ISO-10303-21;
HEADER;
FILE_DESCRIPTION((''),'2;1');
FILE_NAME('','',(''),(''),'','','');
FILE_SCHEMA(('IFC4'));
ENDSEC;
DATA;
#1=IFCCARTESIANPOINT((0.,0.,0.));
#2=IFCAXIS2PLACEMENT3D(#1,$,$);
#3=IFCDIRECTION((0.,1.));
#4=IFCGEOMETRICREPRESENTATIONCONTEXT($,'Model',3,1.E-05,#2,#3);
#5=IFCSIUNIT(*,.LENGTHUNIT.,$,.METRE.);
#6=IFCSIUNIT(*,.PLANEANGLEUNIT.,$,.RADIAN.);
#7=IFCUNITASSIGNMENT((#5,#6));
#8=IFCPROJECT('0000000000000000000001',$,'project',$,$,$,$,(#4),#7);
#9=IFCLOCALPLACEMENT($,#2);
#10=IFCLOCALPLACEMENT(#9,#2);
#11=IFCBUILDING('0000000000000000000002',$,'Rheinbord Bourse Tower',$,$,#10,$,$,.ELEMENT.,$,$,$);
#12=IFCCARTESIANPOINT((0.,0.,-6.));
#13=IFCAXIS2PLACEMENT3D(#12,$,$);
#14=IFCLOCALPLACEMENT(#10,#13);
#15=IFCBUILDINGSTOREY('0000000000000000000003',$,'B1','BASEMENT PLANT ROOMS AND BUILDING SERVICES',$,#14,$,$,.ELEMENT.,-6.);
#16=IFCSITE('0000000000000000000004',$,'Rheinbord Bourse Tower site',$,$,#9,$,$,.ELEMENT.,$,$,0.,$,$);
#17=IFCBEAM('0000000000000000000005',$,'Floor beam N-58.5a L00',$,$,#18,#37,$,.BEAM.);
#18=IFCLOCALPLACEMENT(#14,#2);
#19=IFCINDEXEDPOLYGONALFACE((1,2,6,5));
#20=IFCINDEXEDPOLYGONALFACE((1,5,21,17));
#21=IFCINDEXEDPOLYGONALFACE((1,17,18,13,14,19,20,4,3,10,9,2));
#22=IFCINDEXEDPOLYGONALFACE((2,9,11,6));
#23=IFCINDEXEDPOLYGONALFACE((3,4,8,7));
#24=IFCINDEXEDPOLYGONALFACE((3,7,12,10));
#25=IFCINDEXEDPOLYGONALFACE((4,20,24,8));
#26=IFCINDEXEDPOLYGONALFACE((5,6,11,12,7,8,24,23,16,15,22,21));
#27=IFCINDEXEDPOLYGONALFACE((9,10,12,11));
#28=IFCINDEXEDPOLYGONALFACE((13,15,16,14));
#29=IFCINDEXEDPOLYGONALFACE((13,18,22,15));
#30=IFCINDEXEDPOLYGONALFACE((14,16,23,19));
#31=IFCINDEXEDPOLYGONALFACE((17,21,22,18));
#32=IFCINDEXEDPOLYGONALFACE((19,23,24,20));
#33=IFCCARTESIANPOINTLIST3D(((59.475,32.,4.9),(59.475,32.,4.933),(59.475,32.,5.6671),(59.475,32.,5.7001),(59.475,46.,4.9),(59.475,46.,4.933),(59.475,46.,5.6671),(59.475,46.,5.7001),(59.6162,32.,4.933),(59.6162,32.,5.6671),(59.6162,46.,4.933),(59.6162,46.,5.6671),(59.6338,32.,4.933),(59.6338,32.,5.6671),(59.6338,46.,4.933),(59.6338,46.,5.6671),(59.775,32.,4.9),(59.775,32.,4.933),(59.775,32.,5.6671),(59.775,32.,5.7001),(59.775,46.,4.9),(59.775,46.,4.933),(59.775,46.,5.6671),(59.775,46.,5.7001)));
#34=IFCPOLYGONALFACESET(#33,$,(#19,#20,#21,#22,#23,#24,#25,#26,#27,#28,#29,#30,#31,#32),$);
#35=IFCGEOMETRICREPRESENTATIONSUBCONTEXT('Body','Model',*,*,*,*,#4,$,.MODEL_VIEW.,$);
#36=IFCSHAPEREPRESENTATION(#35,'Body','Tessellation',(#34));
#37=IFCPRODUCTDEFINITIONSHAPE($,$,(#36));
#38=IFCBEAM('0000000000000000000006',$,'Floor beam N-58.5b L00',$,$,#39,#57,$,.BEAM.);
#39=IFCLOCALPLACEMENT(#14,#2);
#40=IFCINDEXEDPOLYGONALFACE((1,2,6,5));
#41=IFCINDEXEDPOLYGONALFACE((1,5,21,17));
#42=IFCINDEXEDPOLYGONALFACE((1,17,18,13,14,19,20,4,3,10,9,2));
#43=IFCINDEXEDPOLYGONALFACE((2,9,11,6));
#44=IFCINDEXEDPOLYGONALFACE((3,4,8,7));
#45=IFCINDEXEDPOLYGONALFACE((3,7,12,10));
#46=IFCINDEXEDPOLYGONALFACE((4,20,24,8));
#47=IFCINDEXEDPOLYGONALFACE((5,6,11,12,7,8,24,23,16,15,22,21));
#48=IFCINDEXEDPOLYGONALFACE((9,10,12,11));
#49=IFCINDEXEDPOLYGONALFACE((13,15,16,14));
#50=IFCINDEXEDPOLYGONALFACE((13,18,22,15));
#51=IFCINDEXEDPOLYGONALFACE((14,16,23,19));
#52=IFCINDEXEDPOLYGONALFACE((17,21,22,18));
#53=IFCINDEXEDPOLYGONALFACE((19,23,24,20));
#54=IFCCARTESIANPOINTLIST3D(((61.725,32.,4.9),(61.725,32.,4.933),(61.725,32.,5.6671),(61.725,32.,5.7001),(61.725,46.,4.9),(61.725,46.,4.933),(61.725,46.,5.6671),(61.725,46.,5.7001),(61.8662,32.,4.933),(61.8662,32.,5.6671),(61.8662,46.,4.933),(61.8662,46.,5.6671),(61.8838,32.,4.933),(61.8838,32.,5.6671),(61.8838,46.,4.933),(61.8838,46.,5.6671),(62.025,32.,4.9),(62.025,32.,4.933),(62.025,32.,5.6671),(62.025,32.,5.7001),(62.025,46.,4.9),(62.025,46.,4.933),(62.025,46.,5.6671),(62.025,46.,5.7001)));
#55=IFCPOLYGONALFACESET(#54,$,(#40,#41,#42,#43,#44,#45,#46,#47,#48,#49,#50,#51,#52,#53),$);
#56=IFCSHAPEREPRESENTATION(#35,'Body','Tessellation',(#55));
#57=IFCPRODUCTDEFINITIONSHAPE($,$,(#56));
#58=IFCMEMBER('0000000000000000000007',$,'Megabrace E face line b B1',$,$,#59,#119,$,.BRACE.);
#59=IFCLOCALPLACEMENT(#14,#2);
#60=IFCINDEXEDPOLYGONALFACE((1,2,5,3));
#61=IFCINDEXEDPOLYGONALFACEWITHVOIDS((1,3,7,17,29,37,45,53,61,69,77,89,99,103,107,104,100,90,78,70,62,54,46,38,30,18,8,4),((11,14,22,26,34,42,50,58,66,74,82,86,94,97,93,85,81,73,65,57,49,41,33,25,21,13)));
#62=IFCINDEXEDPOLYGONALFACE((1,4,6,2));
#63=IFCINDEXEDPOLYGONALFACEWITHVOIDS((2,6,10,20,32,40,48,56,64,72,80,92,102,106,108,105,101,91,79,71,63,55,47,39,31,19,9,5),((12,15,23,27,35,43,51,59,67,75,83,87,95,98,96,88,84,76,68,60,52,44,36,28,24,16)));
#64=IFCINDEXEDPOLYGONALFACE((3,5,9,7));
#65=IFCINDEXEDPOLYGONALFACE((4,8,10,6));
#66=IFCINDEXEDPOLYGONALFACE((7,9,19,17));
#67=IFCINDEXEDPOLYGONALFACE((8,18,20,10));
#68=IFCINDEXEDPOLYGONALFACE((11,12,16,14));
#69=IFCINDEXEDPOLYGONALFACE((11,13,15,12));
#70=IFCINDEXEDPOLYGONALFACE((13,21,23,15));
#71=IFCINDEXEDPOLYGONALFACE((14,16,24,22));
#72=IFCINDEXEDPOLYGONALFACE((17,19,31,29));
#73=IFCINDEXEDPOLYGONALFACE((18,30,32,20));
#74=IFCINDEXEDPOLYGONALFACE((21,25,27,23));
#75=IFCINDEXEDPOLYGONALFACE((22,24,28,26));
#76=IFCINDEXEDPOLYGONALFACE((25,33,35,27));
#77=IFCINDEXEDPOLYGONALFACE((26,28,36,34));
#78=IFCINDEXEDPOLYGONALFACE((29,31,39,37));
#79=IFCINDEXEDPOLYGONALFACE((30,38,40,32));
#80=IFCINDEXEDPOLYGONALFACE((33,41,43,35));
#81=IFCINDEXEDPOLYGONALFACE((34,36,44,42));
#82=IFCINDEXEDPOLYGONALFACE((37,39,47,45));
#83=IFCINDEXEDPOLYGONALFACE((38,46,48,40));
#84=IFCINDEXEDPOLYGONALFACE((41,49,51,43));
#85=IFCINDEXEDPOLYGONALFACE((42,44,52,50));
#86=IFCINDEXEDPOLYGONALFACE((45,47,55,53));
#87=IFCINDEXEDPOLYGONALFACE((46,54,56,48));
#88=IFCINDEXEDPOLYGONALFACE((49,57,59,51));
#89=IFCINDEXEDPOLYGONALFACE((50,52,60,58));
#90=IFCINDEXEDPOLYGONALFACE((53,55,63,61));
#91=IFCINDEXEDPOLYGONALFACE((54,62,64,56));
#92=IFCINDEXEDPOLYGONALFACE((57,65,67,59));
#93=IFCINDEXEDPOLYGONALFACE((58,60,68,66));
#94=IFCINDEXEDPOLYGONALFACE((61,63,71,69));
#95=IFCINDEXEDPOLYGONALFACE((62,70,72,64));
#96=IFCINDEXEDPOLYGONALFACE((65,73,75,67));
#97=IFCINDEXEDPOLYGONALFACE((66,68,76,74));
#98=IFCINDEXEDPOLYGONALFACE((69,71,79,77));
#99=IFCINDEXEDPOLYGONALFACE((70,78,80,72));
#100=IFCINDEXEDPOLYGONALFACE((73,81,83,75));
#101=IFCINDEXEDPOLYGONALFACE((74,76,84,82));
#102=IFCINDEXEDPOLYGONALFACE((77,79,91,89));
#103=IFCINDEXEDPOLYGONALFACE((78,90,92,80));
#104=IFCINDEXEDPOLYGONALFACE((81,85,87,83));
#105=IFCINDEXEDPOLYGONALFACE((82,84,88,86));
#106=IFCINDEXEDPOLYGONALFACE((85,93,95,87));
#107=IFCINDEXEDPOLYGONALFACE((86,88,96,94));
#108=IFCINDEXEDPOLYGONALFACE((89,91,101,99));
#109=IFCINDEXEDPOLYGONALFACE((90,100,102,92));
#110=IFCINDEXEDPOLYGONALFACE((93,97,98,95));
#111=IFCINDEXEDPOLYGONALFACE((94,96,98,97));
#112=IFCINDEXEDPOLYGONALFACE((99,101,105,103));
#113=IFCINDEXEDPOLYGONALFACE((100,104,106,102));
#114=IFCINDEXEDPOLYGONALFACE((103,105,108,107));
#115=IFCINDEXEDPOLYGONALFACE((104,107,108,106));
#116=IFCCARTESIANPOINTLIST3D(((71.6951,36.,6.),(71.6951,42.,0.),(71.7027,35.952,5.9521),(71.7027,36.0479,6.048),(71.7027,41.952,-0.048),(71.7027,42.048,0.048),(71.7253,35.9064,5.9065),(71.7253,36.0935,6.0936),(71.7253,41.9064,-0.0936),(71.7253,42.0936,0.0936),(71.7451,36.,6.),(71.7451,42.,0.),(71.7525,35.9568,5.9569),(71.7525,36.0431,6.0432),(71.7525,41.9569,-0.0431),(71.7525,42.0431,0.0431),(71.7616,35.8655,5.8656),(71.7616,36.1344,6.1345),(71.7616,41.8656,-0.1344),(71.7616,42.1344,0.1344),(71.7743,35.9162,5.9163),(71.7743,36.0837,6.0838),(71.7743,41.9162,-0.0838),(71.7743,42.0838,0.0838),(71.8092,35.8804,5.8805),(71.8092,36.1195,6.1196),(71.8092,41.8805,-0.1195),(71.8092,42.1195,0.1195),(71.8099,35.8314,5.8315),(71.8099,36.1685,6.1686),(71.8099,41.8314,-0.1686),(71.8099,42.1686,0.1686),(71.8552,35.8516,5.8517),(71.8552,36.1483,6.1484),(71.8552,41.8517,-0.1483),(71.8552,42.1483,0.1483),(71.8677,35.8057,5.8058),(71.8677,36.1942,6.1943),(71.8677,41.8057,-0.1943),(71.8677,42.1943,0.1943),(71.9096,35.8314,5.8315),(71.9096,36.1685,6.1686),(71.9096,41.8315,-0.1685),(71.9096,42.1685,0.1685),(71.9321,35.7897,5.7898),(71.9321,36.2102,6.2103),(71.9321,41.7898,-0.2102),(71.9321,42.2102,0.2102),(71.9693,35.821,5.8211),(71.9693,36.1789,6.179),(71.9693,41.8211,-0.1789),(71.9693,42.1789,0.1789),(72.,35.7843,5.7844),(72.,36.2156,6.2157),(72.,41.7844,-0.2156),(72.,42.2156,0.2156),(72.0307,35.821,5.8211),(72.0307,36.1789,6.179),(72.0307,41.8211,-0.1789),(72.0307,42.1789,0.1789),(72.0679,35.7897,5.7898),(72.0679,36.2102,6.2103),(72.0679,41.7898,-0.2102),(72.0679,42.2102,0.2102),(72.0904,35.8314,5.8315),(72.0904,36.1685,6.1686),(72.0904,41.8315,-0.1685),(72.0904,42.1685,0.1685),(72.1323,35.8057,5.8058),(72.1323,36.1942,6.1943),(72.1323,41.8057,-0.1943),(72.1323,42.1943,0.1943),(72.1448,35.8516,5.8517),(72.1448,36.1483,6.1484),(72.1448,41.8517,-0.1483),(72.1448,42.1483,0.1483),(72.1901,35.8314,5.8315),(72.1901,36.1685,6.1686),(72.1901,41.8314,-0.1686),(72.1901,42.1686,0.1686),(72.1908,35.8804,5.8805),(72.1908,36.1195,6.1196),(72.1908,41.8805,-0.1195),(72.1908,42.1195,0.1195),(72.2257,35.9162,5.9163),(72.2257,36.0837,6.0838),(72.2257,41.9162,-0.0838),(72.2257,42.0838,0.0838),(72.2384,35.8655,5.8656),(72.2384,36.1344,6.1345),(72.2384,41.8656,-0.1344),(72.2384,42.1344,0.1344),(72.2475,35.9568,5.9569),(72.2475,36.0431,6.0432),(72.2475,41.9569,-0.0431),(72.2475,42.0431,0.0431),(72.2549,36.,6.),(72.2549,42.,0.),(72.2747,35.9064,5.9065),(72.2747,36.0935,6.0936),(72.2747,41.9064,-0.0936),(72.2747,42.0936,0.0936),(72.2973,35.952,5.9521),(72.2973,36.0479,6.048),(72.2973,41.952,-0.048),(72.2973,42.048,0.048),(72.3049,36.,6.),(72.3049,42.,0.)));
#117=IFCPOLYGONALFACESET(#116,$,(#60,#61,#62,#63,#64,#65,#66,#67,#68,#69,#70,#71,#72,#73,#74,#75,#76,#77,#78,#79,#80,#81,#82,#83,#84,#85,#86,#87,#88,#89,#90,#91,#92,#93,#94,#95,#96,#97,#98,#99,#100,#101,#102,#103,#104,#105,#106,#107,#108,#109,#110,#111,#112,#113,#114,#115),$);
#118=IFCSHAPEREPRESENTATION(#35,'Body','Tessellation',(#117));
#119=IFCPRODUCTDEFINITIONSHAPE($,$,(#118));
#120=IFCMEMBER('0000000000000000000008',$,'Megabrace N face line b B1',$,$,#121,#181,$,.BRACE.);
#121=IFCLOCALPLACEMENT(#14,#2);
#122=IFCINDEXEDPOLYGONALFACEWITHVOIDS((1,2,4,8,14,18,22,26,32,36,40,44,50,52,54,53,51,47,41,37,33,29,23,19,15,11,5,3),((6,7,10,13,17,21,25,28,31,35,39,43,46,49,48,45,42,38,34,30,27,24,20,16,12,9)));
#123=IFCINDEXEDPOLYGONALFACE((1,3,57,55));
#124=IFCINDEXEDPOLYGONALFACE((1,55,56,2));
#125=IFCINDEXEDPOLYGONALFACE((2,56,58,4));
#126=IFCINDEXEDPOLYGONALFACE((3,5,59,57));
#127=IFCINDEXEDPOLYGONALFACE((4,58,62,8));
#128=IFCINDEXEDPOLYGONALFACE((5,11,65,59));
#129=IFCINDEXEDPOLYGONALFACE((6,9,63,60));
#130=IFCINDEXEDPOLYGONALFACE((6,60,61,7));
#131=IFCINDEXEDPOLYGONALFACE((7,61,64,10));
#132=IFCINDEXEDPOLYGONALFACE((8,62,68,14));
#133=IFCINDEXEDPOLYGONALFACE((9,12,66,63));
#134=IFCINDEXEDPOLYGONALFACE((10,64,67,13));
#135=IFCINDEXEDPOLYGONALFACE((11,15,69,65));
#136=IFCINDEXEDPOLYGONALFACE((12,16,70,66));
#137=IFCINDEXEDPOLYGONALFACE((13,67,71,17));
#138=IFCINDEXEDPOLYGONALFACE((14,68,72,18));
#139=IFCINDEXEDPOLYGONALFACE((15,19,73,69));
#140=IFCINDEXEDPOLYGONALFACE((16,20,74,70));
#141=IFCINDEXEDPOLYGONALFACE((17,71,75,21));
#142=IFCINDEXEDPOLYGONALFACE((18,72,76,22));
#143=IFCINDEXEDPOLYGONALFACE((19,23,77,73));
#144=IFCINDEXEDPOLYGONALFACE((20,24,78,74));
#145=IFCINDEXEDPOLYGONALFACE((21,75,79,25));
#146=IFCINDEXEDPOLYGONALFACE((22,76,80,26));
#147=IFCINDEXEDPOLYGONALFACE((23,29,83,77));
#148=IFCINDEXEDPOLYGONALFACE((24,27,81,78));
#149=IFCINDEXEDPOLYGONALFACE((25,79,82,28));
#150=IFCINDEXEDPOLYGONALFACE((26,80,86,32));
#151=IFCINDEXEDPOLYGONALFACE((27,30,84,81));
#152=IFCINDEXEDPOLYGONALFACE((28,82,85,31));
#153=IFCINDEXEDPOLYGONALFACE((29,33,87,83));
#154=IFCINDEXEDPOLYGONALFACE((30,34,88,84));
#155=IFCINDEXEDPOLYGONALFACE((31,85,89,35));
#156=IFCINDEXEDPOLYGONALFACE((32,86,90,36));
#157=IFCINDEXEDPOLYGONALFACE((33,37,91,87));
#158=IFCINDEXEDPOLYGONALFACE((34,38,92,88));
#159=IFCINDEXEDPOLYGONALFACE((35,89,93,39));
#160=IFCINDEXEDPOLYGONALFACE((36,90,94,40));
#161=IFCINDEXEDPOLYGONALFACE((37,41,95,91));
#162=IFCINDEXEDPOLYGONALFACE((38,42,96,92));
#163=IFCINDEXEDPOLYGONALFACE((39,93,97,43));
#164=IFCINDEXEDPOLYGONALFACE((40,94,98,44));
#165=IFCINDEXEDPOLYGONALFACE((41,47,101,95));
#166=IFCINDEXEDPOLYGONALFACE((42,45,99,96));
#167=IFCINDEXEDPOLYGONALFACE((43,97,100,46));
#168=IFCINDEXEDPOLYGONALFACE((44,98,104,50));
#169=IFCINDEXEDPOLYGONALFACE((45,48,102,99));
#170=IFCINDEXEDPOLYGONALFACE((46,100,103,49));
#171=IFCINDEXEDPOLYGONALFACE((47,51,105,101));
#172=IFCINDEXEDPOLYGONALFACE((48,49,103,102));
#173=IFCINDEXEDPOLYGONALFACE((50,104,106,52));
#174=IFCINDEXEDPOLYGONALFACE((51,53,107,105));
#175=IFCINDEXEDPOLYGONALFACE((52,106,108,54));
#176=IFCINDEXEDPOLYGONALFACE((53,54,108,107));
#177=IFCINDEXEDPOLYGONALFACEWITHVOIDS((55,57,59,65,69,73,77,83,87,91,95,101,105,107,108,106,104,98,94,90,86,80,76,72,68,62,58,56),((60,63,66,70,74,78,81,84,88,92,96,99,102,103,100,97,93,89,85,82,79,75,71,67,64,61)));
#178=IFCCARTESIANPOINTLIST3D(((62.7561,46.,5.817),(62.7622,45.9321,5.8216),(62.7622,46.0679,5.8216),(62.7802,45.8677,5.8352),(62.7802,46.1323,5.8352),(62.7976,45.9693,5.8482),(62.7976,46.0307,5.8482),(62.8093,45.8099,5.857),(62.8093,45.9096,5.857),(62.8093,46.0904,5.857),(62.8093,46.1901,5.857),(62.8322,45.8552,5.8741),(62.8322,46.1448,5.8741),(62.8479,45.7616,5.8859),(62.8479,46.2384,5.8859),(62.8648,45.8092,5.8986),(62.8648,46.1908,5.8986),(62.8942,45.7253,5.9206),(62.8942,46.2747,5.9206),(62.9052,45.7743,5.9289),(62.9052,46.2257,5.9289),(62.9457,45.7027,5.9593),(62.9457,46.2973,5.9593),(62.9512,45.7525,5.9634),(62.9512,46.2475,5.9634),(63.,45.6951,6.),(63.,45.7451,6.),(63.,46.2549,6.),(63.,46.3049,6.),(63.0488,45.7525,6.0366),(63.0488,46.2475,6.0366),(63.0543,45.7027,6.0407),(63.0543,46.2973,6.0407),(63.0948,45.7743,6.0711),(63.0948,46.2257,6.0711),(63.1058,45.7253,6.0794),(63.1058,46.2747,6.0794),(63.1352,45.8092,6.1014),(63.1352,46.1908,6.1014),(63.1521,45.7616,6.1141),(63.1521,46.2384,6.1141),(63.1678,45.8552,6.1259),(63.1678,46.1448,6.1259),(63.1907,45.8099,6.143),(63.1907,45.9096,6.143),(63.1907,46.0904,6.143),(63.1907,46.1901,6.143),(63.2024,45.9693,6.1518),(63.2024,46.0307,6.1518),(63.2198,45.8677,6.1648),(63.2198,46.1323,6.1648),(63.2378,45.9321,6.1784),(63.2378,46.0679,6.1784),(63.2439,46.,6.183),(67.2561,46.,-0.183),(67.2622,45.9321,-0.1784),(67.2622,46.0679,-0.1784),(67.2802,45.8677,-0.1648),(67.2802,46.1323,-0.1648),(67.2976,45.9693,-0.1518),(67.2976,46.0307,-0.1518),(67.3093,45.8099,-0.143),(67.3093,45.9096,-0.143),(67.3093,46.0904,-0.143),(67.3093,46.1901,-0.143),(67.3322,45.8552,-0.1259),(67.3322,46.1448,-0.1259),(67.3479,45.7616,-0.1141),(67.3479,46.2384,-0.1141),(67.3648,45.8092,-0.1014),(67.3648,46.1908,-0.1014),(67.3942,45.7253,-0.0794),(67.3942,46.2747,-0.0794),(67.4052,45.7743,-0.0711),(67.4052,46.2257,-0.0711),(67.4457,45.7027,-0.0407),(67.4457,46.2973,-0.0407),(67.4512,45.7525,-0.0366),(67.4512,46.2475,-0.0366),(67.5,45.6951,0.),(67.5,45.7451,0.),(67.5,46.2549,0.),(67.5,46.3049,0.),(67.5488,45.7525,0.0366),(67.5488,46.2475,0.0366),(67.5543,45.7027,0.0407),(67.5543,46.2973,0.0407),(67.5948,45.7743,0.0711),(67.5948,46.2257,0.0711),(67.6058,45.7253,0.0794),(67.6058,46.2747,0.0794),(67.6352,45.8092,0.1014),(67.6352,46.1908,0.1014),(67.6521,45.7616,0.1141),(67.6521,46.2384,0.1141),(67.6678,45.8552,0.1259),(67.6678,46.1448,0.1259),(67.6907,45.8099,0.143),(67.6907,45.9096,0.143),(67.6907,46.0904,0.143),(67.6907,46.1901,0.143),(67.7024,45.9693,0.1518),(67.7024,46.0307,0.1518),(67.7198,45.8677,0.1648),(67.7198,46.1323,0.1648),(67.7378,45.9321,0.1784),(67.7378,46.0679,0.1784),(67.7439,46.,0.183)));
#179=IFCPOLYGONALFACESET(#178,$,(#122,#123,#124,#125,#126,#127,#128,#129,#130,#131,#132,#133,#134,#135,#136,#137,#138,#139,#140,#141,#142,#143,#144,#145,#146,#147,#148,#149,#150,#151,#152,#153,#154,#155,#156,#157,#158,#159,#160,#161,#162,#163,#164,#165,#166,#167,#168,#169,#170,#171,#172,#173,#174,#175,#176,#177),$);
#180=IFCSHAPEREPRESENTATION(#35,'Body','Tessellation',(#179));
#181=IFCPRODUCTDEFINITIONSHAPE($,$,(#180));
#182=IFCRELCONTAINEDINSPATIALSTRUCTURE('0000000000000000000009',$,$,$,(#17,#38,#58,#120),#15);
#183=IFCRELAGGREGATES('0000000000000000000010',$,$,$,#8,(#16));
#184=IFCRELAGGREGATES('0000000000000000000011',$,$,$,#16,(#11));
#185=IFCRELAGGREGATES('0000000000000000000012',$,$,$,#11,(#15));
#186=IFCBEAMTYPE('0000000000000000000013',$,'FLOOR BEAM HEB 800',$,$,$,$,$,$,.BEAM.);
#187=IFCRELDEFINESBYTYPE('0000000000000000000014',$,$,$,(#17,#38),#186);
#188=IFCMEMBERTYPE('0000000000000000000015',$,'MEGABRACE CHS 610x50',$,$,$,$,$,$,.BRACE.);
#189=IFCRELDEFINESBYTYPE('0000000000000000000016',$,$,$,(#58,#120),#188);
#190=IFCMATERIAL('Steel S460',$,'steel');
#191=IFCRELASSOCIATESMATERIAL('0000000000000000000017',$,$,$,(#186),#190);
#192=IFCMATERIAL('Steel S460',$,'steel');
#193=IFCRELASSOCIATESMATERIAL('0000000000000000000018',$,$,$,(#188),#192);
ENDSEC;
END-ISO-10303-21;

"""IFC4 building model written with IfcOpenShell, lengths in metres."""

from ifc_helpers import new_model, si_unit, direction, frame, origin, origin_2d, place, context, subcontext, project, spatial, hollow_circle, i_section, extrude, material, material_profile, profile_set, type_object, element, save


model = new_model("IFC4")

# Units and contexts
model_context = context("Model", 3, precision=1e-05, world=origin(), true_north=direction((0.0, 1.0)))
body_context = subcontext(model_context, "Body", "Model", "MODEL_VIEW")
ifc_project = project(units=[si_unit("LENGTHUNIT", "METRE"), si_unit("PLANEANGLEUNIT", "RADIAN")], contexts=[model_context])

# Site, building, storey
site_placement = place(None, origin())
site = spatial("IfcSite", under=ifc_project, at=site_placement, Name="Rheinbord Bourse Tower site", CompositionType="ELEMENT", RefElevation=0.0)
building_placement = place(site_placement, origin())
building = spatial("IfcBuilding", under=site, at=building_placement, Name="Rheinbord Bourse Tower", CompositionType="ELEMENT")
storey_placement = place(building_placement, frame((0.0, 0.0, -6.0)))
storey = spatial("IfcBuildingStorey", under=building, at=storey_placement, Name="B1", Description="BASEMENT PLANT ROOMS AND BUILDING SERVICES", CompositionType="ELEMENT", Elevation=-6.0)

# Beams
ifc_material_1 = material(Name="Steel S460", Category="steel")
ifc_material_profile_1 = material_profile(ifc_material_1, i_section(OverallWidth=0.3, OverallDepth=0.8, WebThickness=0.0176, FlangeThickness=0.033, at=origin_2d()), Name="HEB 800")
ifc_profile_set_1 = profile_set([ifc_material_profile_1], Name="Steel S460")
beam_type_1 = type_object("IfcBeamType", Name="FLOOR BEAM HEB 800", PredefinedType="BEAM", material=ifc_profile_set_1)
for number, where, z_axis, x_axis, name in (
    (1, (59.625, 46.0, 5.3), (0.0, -1.0, 0.0), (1.0, 0.0, 0.0), "Floor beam N-58.5a L00"),
    (2, (61.875, 46.0, 5.3), (0.0, -1.0, 0.0), (1.0, 0.0, 0.0), "Floor beam N-58.5b L00"),
):
    element("IfcBeam", number, at=place(storey_placement, frame(where, z_axis=z_axis, x_axis=x_axis)), inside=storey, type_object=beam_type_1, Name=name, PredefinedType="BEAM", context=body_context, shape_type="SweptSolid", body=[
        extrude(i_section(OverallWidth=0.3, OverallDepth=0.8, WebThickness=0.0176, FlangeThickness=0.033, at=origin_2d()), origin(), (0.0, 0.0, 1.0), 14.0),
    ])

# Members
ifc_material_2 = material(Name="Steel S460", Category="steel")
ifc_material_profile_2 = material_profile(ifc_material_2, hollow_circle(Radius=0.3049, WallThickness=0.05, at=origin_2d()), Name="CHS 610x50")
ifc_profile_set_2 = profile_set([ifc_material_profile_2], Name="Steel S460")
member_type = type_object("IfcMemberType", Name="MEGABRACE CHS 610x50", PredefinedType="BRACE", material=ifc_profile_set_2)
member_1_placement = place(storey_placement, frame((72.0, 42.0, 0.0), z_axis=(0.0, -0.707107, 0.707107), x_axis=(1.0, 0.0, 0.0)))
element("IfcMember", 3, at=member_1_placement, inside=storey, type_object=member_type, Name="Megabrace E face line b B1", PredefinedType="BRACE", context=body_context, shape_type="SweptSolid", body=[
    extrude(hollow_circle(Radius=0.3049, WallThickness=0.05, at=origin_2d()), origin(), (0.0, 0.0, 1.0), 8.4854),
])
member_2_placement = place(storey_placement, frame((67.5, 46.0, 0.0), z_axis=(-0.6, 0.0, 0.8), x_axis=(0.0, -1.0, 0.0)))
element("IfcMember", 4, at=member_2_placement, inside=storey, type_object=member_type, Name="Megabrace N face line b B1", PredefinedType="BRACE", context=body_context, shape_type="SweptSolid", body=[
    extrude(hollow_circle(Radius=0.3049, WallThickness=0.05, at=origin_2d()), origin(), (0.0, 0.0, 1.0), 7.5),
])

save(model, "model.ifc")
